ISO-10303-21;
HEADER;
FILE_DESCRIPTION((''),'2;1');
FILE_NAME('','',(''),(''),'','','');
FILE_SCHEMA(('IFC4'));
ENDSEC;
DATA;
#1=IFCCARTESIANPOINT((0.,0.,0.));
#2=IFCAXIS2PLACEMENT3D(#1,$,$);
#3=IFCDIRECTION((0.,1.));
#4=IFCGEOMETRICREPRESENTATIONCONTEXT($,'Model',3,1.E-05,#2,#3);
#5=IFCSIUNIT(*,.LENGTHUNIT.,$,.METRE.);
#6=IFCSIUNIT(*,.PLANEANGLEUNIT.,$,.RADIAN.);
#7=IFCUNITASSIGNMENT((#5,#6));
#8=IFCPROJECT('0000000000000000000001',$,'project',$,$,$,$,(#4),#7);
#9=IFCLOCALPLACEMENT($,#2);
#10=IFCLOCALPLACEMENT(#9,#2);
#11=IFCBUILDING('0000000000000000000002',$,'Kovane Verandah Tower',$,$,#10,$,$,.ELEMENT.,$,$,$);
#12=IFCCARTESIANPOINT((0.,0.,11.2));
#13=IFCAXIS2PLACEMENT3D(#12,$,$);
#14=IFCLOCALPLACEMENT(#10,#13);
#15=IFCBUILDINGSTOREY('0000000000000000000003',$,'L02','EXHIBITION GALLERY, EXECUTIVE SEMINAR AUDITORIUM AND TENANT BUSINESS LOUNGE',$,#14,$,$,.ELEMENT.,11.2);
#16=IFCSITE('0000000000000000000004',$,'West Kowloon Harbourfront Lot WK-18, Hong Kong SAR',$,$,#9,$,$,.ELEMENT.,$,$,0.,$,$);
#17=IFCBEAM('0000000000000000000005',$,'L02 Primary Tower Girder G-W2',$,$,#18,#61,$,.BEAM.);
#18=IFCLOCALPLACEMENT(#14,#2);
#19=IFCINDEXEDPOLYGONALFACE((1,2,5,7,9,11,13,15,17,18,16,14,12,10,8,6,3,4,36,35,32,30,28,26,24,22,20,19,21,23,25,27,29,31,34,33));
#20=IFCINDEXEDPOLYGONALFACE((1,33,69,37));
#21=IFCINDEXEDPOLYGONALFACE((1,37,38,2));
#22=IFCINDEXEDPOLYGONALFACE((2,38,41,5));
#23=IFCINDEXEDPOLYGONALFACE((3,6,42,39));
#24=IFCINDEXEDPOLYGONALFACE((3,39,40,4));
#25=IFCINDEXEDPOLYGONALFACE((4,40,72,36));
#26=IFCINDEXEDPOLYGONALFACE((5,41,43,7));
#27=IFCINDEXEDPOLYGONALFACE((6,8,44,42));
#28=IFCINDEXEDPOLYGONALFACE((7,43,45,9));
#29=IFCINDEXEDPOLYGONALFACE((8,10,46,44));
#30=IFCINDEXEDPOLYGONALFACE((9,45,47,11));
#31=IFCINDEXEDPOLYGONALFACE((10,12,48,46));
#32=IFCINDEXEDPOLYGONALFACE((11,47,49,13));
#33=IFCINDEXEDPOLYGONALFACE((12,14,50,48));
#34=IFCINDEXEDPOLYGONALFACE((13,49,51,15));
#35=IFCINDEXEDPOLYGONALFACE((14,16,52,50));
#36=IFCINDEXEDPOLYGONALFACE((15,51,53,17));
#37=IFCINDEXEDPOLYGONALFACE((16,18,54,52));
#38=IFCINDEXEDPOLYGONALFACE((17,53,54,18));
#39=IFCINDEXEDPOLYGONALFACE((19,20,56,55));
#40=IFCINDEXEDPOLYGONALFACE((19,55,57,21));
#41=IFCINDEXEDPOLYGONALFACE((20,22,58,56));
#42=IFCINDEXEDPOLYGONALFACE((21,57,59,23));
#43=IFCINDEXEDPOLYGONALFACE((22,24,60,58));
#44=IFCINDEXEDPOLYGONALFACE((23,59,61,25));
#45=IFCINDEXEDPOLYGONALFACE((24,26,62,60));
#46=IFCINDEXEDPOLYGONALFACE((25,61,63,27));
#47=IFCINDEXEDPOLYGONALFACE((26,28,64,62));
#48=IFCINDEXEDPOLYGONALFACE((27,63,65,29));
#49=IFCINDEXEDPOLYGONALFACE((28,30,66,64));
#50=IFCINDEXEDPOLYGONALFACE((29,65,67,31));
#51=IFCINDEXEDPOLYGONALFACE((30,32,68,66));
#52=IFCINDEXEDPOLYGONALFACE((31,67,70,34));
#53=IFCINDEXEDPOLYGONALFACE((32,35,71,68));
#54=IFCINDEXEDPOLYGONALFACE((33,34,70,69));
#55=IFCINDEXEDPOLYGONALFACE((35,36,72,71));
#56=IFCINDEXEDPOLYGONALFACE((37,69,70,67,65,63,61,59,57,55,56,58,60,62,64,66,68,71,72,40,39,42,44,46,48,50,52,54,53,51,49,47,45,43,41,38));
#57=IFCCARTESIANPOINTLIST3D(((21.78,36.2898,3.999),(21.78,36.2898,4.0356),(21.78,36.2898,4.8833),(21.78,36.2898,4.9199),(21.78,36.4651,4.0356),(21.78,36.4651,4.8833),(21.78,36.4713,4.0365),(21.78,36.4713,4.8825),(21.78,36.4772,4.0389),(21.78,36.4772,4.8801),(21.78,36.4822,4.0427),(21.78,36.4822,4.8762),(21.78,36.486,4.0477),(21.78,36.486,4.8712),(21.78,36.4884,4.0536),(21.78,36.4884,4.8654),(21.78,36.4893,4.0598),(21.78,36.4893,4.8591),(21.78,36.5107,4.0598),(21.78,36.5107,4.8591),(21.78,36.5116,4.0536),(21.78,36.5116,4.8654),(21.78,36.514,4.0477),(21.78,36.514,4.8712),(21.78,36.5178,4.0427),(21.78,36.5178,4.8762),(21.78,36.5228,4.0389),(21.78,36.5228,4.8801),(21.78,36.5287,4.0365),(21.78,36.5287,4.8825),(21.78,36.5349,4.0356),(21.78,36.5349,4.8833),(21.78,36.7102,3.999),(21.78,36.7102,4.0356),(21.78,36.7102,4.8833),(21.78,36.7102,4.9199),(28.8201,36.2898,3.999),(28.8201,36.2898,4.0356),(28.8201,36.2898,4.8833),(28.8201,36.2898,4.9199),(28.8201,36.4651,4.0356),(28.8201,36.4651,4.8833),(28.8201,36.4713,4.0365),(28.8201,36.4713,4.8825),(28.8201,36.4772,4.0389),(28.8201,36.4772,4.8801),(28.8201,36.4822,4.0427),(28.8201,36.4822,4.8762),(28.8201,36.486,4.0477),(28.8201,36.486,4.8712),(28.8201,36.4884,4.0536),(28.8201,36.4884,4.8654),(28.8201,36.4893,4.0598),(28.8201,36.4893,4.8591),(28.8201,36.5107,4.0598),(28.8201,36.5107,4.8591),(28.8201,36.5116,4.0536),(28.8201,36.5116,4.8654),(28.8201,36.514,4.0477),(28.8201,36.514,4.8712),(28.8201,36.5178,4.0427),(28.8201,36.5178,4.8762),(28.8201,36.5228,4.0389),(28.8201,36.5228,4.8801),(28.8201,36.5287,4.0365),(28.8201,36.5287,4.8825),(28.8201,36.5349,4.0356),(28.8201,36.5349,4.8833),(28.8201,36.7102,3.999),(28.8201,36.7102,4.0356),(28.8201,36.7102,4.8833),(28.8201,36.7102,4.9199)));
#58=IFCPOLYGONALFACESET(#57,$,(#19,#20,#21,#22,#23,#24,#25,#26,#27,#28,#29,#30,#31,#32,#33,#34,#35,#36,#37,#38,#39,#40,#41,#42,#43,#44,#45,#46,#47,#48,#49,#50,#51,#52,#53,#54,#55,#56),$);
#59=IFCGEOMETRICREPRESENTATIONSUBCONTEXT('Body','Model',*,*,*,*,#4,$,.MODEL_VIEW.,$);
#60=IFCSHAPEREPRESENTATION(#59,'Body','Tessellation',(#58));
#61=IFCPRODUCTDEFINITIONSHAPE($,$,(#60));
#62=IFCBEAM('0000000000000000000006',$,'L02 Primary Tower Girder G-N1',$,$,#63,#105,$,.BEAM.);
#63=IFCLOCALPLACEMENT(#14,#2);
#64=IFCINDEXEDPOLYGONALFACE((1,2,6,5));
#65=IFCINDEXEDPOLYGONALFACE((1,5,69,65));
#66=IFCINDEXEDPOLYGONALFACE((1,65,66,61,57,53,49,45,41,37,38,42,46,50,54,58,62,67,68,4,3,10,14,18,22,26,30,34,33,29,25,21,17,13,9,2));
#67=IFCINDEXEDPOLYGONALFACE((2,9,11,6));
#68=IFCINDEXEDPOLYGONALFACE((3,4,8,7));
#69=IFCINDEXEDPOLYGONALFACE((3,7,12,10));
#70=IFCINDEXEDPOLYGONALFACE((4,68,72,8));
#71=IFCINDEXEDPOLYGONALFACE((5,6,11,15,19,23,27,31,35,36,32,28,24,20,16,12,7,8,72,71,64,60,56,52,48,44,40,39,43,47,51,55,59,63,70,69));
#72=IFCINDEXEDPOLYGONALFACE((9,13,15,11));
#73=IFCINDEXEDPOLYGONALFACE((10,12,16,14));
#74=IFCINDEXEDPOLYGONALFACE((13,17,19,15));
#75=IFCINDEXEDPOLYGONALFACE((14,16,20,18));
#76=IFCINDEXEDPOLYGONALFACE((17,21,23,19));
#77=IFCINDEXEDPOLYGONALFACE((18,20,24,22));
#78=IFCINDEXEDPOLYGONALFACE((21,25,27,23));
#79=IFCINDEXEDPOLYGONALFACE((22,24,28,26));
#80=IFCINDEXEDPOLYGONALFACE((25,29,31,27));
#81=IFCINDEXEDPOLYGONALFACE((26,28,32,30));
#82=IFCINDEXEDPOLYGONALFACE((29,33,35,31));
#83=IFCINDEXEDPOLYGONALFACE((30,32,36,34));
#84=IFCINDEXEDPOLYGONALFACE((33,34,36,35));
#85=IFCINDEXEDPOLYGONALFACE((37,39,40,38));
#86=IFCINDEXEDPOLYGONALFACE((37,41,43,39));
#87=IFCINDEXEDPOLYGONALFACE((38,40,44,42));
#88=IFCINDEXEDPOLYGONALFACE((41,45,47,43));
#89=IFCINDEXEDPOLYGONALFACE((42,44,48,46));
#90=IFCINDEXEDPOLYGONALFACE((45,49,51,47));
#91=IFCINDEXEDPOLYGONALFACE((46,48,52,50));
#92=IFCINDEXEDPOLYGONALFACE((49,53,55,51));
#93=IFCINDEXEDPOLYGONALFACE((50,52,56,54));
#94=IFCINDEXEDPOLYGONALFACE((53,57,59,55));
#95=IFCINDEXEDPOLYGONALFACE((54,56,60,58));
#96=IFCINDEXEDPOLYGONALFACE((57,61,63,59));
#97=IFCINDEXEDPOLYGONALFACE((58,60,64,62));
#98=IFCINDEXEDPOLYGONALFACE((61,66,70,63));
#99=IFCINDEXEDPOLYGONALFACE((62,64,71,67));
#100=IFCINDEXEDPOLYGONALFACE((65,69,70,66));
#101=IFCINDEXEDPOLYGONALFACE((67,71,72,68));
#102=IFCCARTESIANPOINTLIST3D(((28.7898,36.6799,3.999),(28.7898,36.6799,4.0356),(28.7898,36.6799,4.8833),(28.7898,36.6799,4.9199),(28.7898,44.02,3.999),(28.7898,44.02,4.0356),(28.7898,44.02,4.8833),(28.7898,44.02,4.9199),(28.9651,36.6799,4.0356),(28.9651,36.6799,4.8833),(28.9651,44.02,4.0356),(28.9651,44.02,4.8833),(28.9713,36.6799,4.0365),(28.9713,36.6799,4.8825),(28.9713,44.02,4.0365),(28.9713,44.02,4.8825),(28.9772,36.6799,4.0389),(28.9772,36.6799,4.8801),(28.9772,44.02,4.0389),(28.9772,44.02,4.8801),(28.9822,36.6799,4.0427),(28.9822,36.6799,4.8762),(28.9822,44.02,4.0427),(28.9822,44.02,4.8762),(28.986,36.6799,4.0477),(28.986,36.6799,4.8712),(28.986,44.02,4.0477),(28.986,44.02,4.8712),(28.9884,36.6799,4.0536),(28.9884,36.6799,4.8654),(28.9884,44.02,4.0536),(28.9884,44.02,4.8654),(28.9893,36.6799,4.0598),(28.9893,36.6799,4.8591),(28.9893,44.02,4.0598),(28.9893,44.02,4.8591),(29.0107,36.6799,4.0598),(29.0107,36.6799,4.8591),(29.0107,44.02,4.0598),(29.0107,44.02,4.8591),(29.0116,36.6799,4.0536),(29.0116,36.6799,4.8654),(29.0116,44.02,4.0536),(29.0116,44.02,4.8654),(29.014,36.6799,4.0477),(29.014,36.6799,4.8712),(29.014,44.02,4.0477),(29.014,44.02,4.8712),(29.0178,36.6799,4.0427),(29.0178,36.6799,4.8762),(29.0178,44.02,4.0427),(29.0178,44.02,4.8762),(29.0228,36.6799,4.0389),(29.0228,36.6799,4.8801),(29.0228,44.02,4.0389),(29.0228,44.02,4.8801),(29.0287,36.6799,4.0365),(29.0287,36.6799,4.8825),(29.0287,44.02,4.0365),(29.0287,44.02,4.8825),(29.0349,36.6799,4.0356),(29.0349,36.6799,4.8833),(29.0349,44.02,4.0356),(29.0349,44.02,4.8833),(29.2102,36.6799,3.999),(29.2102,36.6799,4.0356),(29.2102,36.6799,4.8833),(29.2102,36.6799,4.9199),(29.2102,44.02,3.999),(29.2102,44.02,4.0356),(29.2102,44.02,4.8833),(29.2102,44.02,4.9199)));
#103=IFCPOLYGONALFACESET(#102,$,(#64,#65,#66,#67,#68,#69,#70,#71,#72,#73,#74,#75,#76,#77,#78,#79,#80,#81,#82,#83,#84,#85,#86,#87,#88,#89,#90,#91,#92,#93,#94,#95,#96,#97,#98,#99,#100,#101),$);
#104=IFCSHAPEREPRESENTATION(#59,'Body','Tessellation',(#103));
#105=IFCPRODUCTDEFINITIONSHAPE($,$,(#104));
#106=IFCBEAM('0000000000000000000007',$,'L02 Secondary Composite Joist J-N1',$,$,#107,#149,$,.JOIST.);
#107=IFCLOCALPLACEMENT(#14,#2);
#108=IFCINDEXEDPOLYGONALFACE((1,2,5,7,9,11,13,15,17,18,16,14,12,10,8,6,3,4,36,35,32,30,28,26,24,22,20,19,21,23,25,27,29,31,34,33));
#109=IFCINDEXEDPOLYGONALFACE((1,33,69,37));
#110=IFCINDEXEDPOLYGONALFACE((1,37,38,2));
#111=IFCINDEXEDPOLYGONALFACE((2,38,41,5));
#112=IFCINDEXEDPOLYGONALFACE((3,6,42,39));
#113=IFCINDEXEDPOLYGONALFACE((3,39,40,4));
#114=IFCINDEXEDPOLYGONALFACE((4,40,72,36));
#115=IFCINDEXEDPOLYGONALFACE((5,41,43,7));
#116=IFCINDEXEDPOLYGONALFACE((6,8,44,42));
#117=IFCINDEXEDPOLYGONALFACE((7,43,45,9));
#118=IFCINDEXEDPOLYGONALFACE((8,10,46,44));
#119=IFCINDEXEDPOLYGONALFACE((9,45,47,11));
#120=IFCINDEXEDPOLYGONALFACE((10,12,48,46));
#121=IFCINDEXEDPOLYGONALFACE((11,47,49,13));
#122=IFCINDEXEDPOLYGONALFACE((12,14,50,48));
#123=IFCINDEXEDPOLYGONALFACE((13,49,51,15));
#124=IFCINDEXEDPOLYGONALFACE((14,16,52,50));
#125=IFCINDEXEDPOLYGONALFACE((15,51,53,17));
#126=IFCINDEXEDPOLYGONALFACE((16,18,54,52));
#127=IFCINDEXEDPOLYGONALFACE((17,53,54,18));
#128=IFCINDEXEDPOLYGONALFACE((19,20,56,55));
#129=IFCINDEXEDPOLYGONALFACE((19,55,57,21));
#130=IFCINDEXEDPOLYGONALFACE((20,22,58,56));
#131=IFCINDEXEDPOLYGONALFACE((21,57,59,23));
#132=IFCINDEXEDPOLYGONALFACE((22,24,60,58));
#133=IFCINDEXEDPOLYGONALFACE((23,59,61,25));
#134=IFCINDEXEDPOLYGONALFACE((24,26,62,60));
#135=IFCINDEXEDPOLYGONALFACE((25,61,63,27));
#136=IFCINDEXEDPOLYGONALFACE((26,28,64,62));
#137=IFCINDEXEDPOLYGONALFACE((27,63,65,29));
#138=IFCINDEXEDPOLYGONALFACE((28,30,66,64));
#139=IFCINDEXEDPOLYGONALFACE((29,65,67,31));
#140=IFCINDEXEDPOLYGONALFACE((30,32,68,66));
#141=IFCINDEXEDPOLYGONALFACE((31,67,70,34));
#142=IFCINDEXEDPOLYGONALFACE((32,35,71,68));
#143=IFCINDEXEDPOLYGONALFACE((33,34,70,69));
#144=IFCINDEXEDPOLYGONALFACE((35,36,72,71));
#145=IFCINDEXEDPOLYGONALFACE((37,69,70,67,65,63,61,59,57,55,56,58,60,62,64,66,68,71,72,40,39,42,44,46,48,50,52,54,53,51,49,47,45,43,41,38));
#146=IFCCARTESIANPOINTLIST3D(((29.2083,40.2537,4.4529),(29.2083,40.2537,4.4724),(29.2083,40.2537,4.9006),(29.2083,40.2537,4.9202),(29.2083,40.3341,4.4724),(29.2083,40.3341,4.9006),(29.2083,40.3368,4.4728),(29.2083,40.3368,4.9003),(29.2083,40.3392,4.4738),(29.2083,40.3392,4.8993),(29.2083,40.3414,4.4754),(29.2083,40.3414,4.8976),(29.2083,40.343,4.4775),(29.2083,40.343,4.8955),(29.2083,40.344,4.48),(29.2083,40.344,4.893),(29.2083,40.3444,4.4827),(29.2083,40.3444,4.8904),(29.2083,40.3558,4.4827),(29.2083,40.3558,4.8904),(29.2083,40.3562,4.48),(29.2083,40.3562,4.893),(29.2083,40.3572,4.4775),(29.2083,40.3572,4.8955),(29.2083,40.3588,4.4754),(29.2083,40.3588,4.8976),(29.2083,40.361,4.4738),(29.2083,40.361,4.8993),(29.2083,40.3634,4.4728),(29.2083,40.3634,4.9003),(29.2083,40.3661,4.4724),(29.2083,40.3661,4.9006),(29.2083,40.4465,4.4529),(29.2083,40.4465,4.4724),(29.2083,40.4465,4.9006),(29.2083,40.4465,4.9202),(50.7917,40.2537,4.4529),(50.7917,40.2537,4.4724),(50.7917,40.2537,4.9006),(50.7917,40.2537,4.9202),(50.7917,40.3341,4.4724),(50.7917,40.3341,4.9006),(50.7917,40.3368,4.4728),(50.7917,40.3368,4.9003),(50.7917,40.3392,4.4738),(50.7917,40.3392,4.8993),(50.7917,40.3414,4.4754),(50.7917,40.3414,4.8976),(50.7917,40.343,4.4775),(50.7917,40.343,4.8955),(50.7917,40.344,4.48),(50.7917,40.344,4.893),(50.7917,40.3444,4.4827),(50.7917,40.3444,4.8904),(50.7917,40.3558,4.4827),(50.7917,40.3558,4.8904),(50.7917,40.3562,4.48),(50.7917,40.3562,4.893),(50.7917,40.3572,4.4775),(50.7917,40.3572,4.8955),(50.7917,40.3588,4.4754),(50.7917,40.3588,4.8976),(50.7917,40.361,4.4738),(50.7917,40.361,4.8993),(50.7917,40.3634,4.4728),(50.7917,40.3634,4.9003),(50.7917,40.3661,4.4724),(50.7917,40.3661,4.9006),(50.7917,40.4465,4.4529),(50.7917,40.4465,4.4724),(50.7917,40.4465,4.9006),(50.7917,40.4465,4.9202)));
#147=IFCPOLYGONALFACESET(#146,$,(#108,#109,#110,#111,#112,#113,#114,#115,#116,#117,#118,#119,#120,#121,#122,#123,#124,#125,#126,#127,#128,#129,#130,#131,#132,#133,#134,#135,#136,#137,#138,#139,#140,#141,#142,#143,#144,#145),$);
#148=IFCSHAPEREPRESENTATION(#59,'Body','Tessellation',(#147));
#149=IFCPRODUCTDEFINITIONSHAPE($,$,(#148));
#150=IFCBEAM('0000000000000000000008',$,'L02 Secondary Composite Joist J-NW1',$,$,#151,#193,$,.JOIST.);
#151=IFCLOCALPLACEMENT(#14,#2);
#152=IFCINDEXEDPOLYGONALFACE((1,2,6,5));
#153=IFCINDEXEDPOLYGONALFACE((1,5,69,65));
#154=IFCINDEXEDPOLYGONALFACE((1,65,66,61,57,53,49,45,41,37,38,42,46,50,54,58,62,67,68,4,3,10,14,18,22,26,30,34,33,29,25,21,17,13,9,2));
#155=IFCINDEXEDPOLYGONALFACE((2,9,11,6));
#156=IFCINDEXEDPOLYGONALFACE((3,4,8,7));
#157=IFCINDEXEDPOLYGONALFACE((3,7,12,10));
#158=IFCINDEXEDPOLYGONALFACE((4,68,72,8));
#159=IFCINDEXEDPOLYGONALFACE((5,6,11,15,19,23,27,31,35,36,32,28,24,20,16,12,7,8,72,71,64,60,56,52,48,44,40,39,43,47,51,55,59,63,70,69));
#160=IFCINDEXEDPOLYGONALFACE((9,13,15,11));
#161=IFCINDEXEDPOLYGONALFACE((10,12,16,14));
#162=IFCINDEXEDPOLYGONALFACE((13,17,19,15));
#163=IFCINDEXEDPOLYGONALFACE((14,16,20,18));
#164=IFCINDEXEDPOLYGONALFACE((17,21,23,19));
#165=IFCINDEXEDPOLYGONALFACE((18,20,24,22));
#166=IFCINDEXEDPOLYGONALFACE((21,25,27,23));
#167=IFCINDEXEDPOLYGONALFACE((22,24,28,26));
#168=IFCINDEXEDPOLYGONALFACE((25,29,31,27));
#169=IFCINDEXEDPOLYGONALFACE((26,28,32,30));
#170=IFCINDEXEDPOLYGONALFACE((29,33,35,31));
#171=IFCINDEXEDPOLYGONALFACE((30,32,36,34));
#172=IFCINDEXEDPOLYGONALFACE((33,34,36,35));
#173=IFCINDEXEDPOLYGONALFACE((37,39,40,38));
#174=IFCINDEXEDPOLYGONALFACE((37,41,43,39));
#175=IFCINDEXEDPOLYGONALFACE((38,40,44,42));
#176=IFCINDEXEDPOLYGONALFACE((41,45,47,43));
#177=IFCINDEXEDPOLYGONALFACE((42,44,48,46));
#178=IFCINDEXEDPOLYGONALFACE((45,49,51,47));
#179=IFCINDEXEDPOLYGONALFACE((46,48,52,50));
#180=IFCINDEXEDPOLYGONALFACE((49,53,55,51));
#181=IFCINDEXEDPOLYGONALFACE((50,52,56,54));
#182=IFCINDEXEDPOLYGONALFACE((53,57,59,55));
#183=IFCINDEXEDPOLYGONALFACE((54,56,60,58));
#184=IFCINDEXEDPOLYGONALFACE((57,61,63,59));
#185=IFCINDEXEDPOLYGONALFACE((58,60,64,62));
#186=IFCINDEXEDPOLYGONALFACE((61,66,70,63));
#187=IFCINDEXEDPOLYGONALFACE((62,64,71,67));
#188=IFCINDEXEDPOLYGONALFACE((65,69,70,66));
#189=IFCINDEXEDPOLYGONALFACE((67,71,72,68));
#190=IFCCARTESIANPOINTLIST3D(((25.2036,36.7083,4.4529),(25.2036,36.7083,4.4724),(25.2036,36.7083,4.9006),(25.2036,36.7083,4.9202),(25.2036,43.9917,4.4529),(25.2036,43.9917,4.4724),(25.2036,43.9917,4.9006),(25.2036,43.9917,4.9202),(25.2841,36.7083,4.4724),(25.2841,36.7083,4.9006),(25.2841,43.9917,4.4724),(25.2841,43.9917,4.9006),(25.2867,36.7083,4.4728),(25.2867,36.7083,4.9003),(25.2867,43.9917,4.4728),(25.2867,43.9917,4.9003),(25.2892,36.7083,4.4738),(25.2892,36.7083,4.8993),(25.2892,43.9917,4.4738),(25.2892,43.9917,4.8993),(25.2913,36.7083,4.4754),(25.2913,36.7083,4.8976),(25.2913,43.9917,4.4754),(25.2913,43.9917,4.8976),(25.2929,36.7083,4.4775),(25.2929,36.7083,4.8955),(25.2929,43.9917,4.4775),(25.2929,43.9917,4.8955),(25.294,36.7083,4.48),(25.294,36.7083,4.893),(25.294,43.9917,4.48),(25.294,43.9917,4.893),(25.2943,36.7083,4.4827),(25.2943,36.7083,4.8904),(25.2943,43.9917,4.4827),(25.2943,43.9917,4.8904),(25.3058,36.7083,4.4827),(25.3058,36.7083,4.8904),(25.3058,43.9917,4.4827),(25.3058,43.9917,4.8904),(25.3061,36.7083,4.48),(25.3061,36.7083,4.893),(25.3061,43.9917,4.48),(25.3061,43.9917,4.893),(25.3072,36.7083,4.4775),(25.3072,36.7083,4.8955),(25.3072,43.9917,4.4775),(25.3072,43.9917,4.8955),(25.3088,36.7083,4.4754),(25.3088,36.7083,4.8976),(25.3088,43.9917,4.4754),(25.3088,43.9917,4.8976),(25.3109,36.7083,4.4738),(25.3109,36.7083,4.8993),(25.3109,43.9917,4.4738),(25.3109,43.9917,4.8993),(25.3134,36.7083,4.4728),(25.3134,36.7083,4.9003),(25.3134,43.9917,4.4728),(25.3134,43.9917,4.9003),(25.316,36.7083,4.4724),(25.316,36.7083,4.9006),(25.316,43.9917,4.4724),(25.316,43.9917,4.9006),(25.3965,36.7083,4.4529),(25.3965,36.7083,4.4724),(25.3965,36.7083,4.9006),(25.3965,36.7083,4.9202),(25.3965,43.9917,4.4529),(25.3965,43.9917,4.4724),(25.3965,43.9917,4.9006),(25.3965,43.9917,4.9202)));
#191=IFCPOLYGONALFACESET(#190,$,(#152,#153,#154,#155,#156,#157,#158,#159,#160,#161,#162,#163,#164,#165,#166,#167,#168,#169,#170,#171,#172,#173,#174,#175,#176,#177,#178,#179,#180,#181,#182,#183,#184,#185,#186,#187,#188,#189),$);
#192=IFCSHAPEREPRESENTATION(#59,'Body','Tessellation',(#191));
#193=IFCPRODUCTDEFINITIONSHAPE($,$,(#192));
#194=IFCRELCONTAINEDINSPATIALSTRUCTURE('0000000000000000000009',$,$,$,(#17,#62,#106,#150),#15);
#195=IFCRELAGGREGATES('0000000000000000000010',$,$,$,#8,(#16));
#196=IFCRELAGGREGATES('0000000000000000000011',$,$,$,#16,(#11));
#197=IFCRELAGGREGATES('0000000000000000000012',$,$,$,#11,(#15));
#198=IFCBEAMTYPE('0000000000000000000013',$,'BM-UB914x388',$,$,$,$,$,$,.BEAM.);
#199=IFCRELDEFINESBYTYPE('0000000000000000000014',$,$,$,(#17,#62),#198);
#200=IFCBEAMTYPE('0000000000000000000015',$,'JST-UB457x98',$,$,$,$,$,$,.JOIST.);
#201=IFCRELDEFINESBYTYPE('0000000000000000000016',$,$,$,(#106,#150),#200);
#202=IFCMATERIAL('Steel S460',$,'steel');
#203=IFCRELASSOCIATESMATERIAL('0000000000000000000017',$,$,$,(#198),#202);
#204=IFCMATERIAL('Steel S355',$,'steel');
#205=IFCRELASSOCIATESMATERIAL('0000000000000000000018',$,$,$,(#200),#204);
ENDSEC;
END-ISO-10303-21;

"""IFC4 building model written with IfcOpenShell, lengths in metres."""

from ifc_helpers import new_model, si_unit, direction, frame, origin, origin_2d, place, context, subcontext, project, spatial, i_section, extrude, material, material_profile, profile_set, type_object, element, save


model = new_model("IFC4")

# Units and contexts
model_context = context("Model", 3, precision=1e-05, world=origin(), true_north=direction((0.0, 1.0)))
body_context = subcontext(model_context, "Body", "Model", "MODEL_VIEW")
ifc_project = project(units=[si_unit("LENGTHUNIT", "METRE"), si_unit("PLANEANGLEUNIT", "RADIAN")], contexts=[model_context])

# Site, building, storey
site_placement = place(None, origin())
site = spatial("IfcSite", under=ifc_project, at=site_placement, Name="West Kowloon Harbourfront Lot WK-18, Hong Kong SAR", CompositionType="ELEMENT", RefElevation=0.0)
building_placement = place(site_placement, origin())
building = spatial("IfcBuilding", under=site, at=building_placement, Name="Kovane Verandah Tower", CompositionType="ELEMENT")
storey_placement = place(building_placement, frame((0.0, 0.0, 11.2)))
storey = spatial("IfcBuildingStorey", under=building, at=storey_placement, Name="L02", Description="EXHIBITION GALLERY, EXECUTIVE SEMINAR AUDITORIUM AND TENANT BUSINESS LOUNGE", CompositionType="ELEMENT", Elevation=11.2)

# Shared definitions
ifc_material_1 = material(Name="Steel S460", Category="steel")

# Beams
ifc_material_profile_1 = material_profile(ifc_material_1, i_section(OverallWidth=0.4204, OverallDepth=0.9209, WebThickness=0.0215, FlangeThickness=0.0366, FilletRadius=0.0242, at=origin_2d()), Name="UB914x419x388")
ifc_profile_set_1 = profile_set([ifc_material_profile_1], Name="Steel S460")
beam_type_1 = type_object("IfcBeamType", Name="BM-UB914x388", PredefinedType="BEAM", material=ifc_profile_set_1)
beam_1_placement = place(storey_placement, frame((28.8201, 36.5, 4.4595), z_axis=(-1.0, 0.0, 0.0), x_axis=(0.0, -1.0, 0.0)))
element("IfcBeam", 1, at=beam_1_placement, inside=storey, type_object=beam_type_1, Name="L02 Primary Tower Girder G-W2", PredefinedType="BEAM", context=body_context, shape_type="SweptSolid", body=[
    extrude(i_section(OverallWidth=0.4204, OverallDepth=0.9209, WebThickness=0.0215, FlangeThickness=0.0366, FilletRadius=0.0242, at=origin_2d()), origin(), (0.0, 0.0, 1.0), 7.04),
])
beam_2_placement = place(storey_placement, frame((29.0, 36.6799, 4.4595), z_axis=(0.0, 1.0, 0.0), x_axis=(-1.0, 0.0, 0.0)))
element("IfcBeam", 2, at=beam_2_placement, inside=storey, type_object=beam_type_1, Name="L02 Primary Tower Girder G-N1", PredefinedType="BEAM", context=body_context, shape_type="SweptSolid", body=[
    extrude(i_section(OverallWidth=0.4204, OverallDepth=0.9209, WebThickness=0.0215, FlangeThickness=0.0366, FilletRadius=0.0242, at=origin_2d()), origin(), (0.0, 0.0, 1.0), 7.3401),
])
ifc_material_2 = material(Name="Steel S355", Category="steel")
ifc_material_profile_2 = material_profile(ifc_material_2, i_section(OverallWidth=0.1929, OverallDepth=0.4673, WebThickness=0.0115, FlangeThickness=0.0195, FilletRadius=0.0103, at=origin_2d()), Name="UB457x191x98")
ifc_profile_set_2 = profile_set([ifc_material_profile_2], Name="Steel S355")
beam_type_2 = type_object("IfcBeamType", Name="JST-UB457x98", PredefinedType="JOIST", material=ifc_profile_set_2)
beam_3_placement = place(storey_placement, frame((29.2083, 40.3501, 4.6865), z_axis=(1.0, 0.0, 0.0), x_axis=(0.0, 1.0, 0.0)))
element("IfcBeam", 3, at=beam_3_placement, inside=storey, type_object=beam_type_2, Name="L02 Secondary Composite Joist J-N1", PredefinedType="JOIST", context=body_context, shape_type="SweptSolid", body=[
    extrude(i_section(OverallWidth=0.1929, OverallDepth=0.4673, WebThickness=0.0115, FlangeThickness=0.0195, FilletRadius=0.0103, at=origin_2d()), origin(), (0.0, 0.0, 1.0), 21.5835),
])
beam_4_placement = place(storey_placement, frame((25.3, 36.7083, 4.6865), z_axis=(0.0, 1.0, 0.0), x_axis=(-1.0, 0.0, 0.0)))
element("IfcBeam", 4, at=beam_4_placement, inside=storey, type_object=beam_type_2, Name="L02 Secondary Composite Joist J-NW1", PredefinedType="JOIST", context=body_context, shape_type="SweptSolid", body=[
    extrude(i_section(OverallWidth=0.1929, OverallDepth=0.4673, WebThickness=0.0115, FlangeThickness=0.0195, FilletRadius=0.0103, at=origin_2d()), origin(), (0.0, 0.0, 1.0), 7.2834),
])

save(model, "model.ifc")
